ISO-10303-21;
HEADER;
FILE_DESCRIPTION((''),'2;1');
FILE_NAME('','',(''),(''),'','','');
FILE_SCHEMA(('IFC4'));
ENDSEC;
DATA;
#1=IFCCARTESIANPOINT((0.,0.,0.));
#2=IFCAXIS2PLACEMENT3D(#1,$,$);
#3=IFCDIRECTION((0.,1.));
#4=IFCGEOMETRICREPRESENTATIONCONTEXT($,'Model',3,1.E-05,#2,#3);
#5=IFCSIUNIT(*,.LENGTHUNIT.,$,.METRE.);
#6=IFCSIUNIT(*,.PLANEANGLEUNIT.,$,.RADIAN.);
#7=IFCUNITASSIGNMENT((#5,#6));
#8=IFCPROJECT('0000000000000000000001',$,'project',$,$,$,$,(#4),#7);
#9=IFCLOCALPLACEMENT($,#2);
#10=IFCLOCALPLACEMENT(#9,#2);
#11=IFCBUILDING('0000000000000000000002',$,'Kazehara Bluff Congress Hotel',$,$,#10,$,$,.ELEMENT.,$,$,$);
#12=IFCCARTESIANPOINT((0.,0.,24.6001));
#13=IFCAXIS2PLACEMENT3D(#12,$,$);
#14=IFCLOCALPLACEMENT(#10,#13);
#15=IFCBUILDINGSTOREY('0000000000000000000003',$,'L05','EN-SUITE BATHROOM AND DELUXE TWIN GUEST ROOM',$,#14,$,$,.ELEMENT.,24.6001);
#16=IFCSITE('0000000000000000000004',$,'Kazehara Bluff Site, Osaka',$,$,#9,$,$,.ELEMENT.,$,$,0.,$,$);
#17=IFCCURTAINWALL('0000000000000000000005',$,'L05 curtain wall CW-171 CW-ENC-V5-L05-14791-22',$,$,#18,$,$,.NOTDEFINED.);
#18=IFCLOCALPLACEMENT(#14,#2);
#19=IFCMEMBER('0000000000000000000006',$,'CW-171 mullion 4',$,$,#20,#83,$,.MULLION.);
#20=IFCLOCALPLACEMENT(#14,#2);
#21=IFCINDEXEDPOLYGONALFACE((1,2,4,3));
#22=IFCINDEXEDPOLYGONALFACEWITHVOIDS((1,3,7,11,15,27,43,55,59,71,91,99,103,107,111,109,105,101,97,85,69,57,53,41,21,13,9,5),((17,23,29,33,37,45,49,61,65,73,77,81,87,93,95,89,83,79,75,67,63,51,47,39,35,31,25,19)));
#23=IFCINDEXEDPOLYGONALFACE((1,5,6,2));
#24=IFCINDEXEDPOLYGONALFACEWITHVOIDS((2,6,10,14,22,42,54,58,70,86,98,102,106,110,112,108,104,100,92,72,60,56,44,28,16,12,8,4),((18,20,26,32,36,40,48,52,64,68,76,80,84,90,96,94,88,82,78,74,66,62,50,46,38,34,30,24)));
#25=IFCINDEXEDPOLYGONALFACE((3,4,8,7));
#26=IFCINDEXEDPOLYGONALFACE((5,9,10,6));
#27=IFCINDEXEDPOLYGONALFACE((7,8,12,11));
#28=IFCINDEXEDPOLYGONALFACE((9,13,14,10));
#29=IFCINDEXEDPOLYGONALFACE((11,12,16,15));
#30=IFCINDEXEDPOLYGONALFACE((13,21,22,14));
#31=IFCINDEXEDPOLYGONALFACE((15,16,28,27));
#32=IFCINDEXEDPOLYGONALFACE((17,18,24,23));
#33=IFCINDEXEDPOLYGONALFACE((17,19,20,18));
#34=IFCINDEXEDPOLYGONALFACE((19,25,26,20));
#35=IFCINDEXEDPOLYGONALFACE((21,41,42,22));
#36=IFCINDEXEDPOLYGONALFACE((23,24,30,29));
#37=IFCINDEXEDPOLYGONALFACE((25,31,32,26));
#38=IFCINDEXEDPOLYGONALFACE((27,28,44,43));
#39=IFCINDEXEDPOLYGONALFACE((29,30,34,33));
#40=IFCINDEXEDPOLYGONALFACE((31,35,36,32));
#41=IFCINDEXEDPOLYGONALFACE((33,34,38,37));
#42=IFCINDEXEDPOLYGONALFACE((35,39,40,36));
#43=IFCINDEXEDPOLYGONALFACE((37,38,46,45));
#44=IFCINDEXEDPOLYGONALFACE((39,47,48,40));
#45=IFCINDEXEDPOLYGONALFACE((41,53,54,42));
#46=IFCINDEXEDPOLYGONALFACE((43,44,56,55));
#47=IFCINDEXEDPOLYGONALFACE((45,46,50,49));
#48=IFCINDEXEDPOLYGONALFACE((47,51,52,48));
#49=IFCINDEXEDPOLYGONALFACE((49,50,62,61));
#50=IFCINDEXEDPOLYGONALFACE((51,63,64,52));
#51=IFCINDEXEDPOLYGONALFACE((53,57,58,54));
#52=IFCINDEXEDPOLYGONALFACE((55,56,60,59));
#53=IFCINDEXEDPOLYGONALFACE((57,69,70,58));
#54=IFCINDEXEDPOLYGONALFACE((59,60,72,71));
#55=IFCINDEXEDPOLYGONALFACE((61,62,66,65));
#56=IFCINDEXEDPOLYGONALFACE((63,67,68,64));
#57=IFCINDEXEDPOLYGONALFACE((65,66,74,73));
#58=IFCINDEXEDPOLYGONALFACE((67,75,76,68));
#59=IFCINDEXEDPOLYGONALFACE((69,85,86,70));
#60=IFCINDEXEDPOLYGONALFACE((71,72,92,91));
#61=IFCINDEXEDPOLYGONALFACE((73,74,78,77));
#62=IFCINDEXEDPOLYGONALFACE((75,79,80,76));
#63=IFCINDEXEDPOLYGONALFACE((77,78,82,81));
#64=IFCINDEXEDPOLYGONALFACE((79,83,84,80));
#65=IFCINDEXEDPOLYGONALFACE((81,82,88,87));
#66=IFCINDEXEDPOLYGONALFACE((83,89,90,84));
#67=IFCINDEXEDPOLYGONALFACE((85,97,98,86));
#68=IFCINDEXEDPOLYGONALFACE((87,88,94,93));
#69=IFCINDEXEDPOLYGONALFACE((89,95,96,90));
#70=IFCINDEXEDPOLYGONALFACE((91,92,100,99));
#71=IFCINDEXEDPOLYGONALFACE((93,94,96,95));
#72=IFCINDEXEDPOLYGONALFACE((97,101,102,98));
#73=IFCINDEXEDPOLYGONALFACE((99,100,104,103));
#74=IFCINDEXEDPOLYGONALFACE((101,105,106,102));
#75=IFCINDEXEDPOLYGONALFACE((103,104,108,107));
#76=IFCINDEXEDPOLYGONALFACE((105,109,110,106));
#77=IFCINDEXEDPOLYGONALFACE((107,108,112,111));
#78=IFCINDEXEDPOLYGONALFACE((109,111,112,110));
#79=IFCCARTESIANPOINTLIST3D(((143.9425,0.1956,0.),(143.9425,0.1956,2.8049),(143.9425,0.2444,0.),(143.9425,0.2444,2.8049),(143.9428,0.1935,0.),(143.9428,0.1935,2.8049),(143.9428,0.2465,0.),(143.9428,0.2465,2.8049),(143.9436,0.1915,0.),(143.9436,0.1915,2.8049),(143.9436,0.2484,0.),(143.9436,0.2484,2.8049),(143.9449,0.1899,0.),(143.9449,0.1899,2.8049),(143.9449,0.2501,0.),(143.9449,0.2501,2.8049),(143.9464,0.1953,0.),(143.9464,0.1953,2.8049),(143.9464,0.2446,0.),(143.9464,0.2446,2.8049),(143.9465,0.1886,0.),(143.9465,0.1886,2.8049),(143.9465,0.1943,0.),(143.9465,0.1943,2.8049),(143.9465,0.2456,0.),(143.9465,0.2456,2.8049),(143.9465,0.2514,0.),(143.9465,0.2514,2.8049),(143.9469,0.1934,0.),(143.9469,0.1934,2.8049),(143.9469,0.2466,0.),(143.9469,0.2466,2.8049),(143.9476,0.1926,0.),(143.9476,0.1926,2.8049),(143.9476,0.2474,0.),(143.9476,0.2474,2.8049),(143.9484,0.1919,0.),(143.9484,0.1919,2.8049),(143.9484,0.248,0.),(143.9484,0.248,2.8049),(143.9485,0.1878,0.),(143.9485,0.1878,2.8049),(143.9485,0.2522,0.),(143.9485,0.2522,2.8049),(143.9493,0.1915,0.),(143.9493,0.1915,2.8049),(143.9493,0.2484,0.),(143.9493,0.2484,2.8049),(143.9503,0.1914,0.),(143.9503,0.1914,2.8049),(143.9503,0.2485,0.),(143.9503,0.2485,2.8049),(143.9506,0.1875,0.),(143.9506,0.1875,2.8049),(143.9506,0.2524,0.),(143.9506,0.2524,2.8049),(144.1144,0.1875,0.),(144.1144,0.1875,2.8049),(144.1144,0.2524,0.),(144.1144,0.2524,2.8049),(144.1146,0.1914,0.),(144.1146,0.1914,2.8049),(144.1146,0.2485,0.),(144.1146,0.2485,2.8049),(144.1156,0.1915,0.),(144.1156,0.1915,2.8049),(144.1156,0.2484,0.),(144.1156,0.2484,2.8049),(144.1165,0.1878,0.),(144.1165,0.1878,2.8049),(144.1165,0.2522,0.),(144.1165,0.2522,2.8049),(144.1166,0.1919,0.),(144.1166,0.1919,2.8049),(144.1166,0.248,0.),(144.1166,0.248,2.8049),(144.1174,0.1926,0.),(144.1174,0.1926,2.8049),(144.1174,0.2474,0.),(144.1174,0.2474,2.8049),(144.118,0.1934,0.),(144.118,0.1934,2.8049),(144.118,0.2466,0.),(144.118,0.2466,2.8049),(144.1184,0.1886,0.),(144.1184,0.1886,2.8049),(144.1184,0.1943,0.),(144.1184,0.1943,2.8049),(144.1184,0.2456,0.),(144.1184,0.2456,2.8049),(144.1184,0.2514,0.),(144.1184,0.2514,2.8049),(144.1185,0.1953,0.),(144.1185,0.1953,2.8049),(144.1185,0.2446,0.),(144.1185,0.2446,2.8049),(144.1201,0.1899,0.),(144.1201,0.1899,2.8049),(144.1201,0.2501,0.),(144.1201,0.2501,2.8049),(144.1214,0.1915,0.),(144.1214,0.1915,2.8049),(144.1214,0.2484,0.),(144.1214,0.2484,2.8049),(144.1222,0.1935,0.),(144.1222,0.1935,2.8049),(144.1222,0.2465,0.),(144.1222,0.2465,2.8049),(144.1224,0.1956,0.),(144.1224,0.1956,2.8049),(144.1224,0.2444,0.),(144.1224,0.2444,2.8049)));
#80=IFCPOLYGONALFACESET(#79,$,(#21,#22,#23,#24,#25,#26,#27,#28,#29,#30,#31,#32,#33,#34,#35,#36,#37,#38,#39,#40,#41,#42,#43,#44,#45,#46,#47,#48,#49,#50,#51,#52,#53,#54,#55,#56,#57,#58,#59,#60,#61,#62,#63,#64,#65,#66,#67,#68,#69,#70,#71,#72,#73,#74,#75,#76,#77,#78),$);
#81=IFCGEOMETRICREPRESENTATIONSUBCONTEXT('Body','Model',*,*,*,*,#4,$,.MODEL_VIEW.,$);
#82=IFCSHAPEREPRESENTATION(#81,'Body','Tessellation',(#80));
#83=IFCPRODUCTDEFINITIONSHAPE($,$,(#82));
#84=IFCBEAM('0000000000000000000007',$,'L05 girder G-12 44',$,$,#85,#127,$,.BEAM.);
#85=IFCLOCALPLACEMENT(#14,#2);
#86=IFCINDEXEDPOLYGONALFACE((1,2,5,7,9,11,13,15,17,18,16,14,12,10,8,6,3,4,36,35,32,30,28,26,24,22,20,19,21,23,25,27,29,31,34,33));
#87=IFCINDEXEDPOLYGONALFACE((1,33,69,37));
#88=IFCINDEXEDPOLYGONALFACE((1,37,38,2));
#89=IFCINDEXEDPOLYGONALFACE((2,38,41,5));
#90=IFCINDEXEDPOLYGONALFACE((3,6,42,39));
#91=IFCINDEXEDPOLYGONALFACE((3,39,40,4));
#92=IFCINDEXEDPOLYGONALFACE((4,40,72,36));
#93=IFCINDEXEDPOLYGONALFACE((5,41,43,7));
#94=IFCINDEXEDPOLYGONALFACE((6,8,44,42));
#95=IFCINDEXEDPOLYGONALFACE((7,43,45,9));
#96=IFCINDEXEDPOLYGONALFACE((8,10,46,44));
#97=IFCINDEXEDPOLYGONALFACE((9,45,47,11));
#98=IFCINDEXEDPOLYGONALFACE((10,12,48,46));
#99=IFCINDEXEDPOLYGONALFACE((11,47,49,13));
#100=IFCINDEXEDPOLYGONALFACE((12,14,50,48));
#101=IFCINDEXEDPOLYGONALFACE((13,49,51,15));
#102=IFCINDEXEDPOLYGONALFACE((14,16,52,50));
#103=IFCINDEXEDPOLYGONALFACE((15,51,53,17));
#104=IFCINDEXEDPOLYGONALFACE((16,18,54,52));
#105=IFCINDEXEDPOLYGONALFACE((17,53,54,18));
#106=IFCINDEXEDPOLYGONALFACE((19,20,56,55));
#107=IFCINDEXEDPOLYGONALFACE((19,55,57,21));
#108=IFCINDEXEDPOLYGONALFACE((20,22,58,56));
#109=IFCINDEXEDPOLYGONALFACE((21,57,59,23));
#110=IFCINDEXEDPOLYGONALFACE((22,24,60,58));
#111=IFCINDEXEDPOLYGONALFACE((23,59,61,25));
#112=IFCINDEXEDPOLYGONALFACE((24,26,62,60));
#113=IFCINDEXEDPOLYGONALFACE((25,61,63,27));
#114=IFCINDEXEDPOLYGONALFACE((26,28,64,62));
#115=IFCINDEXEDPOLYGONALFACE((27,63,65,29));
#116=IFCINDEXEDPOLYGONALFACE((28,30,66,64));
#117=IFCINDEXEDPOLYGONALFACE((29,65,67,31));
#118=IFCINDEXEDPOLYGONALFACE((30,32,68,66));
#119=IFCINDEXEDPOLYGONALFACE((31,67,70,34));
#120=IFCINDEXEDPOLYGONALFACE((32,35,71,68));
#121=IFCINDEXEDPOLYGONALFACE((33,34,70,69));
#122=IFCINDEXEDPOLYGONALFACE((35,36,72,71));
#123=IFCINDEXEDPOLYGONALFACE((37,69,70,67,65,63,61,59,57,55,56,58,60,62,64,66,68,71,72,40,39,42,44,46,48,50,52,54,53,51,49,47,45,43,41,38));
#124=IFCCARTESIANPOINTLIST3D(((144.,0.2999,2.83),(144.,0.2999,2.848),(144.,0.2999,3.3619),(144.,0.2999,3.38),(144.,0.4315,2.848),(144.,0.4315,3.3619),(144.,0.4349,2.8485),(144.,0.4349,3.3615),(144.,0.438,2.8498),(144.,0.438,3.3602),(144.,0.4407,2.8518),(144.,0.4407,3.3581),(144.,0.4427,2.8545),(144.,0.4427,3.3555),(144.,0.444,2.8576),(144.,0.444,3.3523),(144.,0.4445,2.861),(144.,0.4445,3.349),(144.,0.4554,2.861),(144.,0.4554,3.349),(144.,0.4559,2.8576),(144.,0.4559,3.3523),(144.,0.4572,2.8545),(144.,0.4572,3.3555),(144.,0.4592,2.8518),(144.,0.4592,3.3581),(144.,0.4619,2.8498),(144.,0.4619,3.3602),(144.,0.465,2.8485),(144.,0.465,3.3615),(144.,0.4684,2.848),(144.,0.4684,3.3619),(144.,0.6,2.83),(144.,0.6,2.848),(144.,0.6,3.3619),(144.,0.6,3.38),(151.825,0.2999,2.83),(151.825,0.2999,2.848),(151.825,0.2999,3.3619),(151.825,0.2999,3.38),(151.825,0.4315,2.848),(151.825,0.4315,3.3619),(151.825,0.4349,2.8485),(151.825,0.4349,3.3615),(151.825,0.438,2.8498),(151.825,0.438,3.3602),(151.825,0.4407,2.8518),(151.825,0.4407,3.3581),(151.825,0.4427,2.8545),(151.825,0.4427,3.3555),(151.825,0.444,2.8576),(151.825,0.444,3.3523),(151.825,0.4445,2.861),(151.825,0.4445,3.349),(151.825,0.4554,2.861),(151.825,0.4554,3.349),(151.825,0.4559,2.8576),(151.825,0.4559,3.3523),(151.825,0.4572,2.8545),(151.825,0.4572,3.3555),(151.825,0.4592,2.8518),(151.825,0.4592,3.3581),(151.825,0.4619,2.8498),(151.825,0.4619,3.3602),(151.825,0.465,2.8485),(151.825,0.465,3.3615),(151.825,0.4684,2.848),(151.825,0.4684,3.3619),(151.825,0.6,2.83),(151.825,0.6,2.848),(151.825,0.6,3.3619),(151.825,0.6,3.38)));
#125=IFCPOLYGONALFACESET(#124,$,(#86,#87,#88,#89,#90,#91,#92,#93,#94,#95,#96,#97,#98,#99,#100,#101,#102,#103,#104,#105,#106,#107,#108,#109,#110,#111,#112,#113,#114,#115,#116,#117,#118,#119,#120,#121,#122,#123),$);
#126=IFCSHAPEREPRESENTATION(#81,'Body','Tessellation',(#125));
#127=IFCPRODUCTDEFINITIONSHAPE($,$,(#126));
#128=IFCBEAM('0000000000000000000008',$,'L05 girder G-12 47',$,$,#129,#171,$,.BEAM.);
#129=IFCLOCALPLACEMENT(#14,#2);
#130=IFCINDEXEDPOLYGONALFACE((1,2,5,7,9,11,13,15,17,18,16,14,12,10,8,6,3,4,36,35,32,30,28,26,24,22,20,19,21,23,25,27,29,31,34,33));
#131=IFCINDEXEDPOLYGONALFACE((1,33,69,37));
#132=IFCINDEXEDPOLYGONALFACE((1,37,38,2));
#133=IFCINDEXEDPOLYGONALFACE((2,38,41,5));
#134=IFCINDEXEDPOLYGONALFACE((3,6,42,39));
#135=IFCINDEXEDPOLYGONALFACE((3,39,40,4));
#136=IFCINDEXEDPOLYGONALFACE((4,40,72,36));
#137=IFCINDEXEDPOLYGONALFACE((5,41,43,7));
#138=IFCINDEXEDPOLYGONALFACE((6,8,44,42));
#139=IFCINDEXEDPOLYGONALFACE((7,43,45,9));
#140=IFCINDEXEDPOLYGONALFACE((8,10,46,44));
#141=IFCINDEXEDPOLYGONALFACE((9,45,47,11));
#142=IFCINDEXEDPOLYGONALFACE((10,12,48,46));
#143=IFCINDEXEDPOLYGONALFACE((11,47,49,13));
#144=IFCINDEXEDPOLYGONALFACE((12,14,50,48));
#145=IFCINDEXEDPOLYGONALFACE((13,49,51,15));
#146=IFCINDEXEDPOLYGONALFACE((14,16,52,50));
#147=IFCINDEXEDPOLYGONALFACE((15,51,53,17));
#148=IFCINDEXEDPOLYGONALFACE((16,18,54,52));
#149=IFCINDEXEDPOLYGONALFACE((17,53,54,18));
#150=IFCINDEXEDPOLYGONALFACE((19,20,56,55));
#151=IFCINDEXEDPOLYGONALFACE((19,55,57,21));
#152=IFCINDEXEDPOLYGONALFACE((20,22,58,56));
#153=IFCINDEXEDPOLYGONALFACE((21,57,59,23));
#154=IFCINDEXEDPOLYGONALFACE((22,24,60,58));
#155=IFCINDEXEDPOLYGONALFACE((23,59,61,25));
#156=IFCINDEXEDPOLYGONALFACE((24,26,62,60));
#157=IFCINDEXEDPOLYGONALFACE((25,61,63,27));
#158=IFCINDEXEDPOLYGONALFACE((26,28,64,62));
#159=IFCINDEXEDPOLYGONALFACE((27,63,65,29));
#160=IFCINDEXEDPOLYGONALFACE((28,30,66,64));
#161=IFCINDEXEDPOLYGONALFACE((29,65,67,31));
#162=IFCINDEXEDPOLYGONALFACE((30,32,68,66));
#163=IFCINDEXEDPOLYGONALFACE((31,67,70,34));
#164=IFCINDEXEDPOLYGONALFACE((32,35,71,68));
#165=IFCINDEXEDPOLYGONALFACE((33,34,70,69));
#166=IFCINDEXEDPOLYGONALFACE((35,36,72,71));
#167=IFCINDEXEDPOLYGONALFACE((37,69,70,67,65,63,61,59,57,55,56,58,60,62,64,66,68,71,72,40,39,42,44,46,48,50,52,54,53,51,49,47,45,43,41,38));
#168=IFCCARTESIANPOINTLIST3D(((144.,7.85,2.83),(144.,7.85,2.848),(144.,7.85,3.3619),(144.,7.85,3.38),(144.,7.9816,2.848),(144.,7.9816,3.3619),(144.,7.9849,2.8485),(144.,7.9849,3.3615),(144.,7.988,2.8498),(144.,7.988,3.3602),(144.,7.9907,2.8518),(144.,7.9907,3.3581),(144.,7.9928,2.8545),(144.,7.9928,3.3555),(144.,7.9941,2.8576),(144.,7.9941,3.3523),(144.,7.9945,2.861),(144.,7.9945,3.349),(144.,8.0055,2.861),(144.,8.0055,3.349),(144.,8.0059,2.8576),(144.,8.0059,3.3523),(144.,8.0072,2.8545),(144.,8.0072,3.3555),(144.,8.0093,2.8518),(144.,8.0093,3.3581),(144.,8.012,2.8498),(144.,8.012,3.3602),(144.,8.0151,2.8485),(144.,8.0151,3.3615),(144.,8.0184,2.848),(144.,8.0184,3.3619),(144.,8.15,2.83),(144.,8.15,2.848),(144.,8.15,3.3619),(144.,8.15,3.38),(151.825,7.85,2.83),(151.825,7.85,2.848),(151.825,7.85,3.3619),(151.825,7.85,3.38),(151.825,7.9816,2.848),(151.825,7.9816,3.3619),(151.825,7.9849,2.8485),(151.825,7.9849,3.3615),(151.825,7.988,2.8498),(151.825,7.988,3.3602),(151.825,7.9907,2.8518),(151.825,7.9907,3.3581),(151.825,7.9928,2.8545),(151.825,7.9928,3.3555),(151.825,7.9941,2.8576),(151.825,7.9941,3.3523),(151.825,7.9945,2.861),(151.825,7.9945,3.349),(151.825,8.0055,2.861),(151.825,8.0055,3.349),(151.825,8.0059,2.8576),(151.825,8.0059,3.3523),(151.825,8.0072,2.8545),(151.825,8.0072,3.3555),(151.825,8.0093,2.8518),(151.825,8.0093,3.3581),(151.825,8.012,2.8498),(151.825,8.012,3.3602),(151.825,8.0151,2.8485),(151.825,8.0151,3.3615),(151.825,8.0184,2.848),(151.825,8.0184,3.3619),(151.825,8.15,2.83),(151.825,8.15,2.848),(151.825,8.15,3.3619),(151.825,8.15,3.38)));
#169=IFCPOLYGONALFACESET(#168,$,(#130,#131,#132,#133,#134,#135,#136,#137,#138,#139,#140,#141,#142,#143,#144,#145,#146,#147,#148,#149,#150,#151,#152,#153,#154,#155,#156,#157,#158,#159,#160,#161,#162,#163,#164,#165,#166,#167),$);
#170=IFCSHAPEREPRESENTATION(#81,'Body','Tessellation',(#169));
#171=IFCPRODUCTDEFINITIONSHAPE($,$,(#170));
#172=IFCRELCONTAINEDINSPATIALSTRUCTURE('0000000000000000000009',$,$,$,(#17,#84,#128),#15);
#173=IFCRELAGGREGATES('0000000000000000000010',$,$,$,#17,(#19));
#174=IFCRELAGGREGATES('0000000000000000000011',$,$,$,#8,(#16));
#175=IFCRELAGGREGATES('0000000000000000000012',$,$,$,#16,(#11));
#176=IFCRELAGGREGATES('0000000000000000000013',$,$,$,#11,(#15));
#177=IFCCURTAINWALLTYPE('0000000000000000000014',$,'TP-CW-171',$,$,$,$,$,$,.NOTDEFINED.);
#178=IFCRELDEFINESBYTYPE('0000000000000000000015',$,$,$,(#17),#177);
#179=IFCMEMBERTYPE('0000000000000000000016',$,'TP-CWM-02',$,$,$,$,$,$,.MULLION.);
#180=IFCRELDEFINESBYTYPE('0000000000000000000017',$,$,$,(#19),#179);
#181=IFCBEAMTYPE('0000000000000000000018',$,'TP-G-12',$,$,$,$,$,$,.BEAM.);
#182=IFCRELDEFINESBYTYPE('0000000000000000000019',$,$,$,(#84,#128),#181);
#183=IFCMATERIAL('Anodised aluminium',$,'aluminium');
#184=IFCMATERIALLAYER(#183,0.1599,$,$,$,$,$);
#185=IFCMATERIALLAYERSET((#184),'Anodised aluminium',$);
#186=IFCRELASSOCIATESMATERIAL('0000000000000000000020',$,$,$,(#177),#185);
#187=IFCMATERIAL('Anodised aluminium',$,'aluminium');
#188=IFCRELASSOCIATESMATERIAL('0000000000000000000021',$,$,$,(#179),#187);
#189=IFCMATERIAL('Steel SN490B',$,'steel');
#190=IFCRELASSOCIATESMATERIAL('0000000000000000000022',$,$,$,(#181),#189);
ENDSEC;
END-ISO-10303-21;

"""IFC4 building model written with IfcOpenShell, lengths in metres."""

from ifc_helpers import new_model, si_unit, direction, frame, origin, origin_2d, place, context, subcontext, project, spatial, hollow_rectangle, i_section, extrude, material, layer, layer_set, material_profile, profile_set, type_object, element, aggregate, save


model = new_model("IFC4")

# Units and contexts
model_context = context("Model", 3, precision=1e-05, world=origin(), true_north=direction((0.0, 1.0)))
body_context = subcontext(model_context, "Body", "Model", "MODEL_VIEW")
ifc_project = project(units=[si_unit("LENGTHUNIT", "METRE"), si_unit("PLANEANGLEUNIT", "RADIAN")], contexts=[model_context])

# Site, building, storey
site_placement = place(None, origin())
site = spatial("IfcSite", under=ifc_project, at=site_placement, Name="Kazehara Bluff Site, Osaka", CompositionType="ELEMENT", RefElevation=0.0)
building_placement = place(site_placement, origin())
building = spatial("IfcBuilding", under=site, at=building_placement, Name="Kazehara Bluff Congress Hotel", CompositionType="ELEMENT")
storey_placement = place(building_placement, frame((0.0, 0.0, 24.6001)))
storey = spatial("IfcBuildingStorey", under=building, at=storey_placement, Name="L05", Description="EN-SUITE BATHROOM AND DELUXE TWIN GUEST ROOM", CompositionType="ELEMENT", Elevation=24.6001)

# Curtain wall, member
ifc_material_1 = material(Name="Anodised aluminium", Category="aluminium")
ifc_layer_1 = layer(ifc_material_1, 0.1599)
ifc_layer_set_1 = layer_set([ifc_layer_1], Name="Anodised aluminium")
curtain_wall_type_1 = type_object("IfcCurtainWallType", Name="TP-CW-171", PredefinedType="NOTDEFINED", material=ifc_layer_set_1)
curtain_wall_1_placement = place(storey_placement, origin())
curtain_wall_1 = element("IfcCurtainWall", 1, at=curtain_wall_1_placement, inside=storey, type_object=curtain_wall_type_1, Name="L05 curtain wall CW-171 CW-ENC-V5-L05-14791-22", PredefinedType="NOTDEFINED")
ifc_material_2 = material(Name="Anodised aluminium", Category="aluminium")
ifc_material_profile_1 = material_profile(ifc_material_2, hollow_rectangle(XDim=0.0649, YDim=0.1799, WallThickness=0.0039, InnerFilletRadius=0.0039, OuterFilletRadius=0.0081, at=origin_2d()))
ifc_profile_set_1 = profile_set([ifc_material_profile_1], Name="Anodised aluminium")
member_type = type_object("IfcMemberType", Name="TP-CWM-02", PredefinedType="MULLION", material=ifc_profile_set_1)
member_placement = place(storey_placement, frame((144.0325, 0.22, 0.0), z_axis=(0.0, 0.0, 1.0), x_axis=(0.0, -1.0, 0.0)))
member = element("IfcMember", 2, at=member_placement, type_object=member_type, Name="CW-171 mullion 4", PredefinedType="MULLION", context=body_context, shape_type="SweptSolid", body=[
    extrude(hollow_rectangle(XDim=0.0649, YDim=0.1799, WallThickness=0.0039, InnerFilletRadius=0.0039, OuterFilletRadius=0.0081, at=origin_2d()), origin(), (0.0, 0.0, 1.0), 2.8049),
])
aggregate(curtain_wall_1, [member])

# Beams
ifc_material_3 = material(Name="Steel SN490B", Category="steel")
ifc_material_profile_2 = material_profile(ifc_material_3, i_section(OverallWidth=0.3, OverallDepth=0.55, WebThickness=0.011, FlangeThickness=0.0181, FilletRadius=0.0129, at=origin_2d()))
ifc_profile_set_2 = profile_set([ifc_material_profile_2], Name="Steel SN490B")
beam_type_1 = type_object("IfcBeamType", Name="TP-G-12", PredefinedType="BEAM", material=ifc_profile_set_2)
for number, where, z_axis, x_axis, name in (
    (3, (144.0, 0.45, 3.105), (1.0, 0.0, 0.0), (0.0, 1.0, 0.0), "L05 girder G-12 44"),
    (4, (144.0, 8.0, 3.105), (1.0, 0.0, 0.0), (0.0, 1.0, 0.0), "L05 girder G-12 47"),
):
    element("IfcBeam", number, at=place(storey_placement, frame(where, z_axis=z_axis, x_axis=x_axis)), inside=storey, type_object=beam_type_1, Name=name, PredefinedType="BEAM", context=body_context, shape_type="SweptSolid", body=[
        extrude(i_section(OverallWidth=0.3, OverallDepth=0.55, WebThickness=0.011, FlangeThickness=0.0181, FilletRadius=0.0129, at=origin_2d()), origin(), (0.0, 0.0, 1.0), 7.825),
    ])

save(model, "model.ifc")
